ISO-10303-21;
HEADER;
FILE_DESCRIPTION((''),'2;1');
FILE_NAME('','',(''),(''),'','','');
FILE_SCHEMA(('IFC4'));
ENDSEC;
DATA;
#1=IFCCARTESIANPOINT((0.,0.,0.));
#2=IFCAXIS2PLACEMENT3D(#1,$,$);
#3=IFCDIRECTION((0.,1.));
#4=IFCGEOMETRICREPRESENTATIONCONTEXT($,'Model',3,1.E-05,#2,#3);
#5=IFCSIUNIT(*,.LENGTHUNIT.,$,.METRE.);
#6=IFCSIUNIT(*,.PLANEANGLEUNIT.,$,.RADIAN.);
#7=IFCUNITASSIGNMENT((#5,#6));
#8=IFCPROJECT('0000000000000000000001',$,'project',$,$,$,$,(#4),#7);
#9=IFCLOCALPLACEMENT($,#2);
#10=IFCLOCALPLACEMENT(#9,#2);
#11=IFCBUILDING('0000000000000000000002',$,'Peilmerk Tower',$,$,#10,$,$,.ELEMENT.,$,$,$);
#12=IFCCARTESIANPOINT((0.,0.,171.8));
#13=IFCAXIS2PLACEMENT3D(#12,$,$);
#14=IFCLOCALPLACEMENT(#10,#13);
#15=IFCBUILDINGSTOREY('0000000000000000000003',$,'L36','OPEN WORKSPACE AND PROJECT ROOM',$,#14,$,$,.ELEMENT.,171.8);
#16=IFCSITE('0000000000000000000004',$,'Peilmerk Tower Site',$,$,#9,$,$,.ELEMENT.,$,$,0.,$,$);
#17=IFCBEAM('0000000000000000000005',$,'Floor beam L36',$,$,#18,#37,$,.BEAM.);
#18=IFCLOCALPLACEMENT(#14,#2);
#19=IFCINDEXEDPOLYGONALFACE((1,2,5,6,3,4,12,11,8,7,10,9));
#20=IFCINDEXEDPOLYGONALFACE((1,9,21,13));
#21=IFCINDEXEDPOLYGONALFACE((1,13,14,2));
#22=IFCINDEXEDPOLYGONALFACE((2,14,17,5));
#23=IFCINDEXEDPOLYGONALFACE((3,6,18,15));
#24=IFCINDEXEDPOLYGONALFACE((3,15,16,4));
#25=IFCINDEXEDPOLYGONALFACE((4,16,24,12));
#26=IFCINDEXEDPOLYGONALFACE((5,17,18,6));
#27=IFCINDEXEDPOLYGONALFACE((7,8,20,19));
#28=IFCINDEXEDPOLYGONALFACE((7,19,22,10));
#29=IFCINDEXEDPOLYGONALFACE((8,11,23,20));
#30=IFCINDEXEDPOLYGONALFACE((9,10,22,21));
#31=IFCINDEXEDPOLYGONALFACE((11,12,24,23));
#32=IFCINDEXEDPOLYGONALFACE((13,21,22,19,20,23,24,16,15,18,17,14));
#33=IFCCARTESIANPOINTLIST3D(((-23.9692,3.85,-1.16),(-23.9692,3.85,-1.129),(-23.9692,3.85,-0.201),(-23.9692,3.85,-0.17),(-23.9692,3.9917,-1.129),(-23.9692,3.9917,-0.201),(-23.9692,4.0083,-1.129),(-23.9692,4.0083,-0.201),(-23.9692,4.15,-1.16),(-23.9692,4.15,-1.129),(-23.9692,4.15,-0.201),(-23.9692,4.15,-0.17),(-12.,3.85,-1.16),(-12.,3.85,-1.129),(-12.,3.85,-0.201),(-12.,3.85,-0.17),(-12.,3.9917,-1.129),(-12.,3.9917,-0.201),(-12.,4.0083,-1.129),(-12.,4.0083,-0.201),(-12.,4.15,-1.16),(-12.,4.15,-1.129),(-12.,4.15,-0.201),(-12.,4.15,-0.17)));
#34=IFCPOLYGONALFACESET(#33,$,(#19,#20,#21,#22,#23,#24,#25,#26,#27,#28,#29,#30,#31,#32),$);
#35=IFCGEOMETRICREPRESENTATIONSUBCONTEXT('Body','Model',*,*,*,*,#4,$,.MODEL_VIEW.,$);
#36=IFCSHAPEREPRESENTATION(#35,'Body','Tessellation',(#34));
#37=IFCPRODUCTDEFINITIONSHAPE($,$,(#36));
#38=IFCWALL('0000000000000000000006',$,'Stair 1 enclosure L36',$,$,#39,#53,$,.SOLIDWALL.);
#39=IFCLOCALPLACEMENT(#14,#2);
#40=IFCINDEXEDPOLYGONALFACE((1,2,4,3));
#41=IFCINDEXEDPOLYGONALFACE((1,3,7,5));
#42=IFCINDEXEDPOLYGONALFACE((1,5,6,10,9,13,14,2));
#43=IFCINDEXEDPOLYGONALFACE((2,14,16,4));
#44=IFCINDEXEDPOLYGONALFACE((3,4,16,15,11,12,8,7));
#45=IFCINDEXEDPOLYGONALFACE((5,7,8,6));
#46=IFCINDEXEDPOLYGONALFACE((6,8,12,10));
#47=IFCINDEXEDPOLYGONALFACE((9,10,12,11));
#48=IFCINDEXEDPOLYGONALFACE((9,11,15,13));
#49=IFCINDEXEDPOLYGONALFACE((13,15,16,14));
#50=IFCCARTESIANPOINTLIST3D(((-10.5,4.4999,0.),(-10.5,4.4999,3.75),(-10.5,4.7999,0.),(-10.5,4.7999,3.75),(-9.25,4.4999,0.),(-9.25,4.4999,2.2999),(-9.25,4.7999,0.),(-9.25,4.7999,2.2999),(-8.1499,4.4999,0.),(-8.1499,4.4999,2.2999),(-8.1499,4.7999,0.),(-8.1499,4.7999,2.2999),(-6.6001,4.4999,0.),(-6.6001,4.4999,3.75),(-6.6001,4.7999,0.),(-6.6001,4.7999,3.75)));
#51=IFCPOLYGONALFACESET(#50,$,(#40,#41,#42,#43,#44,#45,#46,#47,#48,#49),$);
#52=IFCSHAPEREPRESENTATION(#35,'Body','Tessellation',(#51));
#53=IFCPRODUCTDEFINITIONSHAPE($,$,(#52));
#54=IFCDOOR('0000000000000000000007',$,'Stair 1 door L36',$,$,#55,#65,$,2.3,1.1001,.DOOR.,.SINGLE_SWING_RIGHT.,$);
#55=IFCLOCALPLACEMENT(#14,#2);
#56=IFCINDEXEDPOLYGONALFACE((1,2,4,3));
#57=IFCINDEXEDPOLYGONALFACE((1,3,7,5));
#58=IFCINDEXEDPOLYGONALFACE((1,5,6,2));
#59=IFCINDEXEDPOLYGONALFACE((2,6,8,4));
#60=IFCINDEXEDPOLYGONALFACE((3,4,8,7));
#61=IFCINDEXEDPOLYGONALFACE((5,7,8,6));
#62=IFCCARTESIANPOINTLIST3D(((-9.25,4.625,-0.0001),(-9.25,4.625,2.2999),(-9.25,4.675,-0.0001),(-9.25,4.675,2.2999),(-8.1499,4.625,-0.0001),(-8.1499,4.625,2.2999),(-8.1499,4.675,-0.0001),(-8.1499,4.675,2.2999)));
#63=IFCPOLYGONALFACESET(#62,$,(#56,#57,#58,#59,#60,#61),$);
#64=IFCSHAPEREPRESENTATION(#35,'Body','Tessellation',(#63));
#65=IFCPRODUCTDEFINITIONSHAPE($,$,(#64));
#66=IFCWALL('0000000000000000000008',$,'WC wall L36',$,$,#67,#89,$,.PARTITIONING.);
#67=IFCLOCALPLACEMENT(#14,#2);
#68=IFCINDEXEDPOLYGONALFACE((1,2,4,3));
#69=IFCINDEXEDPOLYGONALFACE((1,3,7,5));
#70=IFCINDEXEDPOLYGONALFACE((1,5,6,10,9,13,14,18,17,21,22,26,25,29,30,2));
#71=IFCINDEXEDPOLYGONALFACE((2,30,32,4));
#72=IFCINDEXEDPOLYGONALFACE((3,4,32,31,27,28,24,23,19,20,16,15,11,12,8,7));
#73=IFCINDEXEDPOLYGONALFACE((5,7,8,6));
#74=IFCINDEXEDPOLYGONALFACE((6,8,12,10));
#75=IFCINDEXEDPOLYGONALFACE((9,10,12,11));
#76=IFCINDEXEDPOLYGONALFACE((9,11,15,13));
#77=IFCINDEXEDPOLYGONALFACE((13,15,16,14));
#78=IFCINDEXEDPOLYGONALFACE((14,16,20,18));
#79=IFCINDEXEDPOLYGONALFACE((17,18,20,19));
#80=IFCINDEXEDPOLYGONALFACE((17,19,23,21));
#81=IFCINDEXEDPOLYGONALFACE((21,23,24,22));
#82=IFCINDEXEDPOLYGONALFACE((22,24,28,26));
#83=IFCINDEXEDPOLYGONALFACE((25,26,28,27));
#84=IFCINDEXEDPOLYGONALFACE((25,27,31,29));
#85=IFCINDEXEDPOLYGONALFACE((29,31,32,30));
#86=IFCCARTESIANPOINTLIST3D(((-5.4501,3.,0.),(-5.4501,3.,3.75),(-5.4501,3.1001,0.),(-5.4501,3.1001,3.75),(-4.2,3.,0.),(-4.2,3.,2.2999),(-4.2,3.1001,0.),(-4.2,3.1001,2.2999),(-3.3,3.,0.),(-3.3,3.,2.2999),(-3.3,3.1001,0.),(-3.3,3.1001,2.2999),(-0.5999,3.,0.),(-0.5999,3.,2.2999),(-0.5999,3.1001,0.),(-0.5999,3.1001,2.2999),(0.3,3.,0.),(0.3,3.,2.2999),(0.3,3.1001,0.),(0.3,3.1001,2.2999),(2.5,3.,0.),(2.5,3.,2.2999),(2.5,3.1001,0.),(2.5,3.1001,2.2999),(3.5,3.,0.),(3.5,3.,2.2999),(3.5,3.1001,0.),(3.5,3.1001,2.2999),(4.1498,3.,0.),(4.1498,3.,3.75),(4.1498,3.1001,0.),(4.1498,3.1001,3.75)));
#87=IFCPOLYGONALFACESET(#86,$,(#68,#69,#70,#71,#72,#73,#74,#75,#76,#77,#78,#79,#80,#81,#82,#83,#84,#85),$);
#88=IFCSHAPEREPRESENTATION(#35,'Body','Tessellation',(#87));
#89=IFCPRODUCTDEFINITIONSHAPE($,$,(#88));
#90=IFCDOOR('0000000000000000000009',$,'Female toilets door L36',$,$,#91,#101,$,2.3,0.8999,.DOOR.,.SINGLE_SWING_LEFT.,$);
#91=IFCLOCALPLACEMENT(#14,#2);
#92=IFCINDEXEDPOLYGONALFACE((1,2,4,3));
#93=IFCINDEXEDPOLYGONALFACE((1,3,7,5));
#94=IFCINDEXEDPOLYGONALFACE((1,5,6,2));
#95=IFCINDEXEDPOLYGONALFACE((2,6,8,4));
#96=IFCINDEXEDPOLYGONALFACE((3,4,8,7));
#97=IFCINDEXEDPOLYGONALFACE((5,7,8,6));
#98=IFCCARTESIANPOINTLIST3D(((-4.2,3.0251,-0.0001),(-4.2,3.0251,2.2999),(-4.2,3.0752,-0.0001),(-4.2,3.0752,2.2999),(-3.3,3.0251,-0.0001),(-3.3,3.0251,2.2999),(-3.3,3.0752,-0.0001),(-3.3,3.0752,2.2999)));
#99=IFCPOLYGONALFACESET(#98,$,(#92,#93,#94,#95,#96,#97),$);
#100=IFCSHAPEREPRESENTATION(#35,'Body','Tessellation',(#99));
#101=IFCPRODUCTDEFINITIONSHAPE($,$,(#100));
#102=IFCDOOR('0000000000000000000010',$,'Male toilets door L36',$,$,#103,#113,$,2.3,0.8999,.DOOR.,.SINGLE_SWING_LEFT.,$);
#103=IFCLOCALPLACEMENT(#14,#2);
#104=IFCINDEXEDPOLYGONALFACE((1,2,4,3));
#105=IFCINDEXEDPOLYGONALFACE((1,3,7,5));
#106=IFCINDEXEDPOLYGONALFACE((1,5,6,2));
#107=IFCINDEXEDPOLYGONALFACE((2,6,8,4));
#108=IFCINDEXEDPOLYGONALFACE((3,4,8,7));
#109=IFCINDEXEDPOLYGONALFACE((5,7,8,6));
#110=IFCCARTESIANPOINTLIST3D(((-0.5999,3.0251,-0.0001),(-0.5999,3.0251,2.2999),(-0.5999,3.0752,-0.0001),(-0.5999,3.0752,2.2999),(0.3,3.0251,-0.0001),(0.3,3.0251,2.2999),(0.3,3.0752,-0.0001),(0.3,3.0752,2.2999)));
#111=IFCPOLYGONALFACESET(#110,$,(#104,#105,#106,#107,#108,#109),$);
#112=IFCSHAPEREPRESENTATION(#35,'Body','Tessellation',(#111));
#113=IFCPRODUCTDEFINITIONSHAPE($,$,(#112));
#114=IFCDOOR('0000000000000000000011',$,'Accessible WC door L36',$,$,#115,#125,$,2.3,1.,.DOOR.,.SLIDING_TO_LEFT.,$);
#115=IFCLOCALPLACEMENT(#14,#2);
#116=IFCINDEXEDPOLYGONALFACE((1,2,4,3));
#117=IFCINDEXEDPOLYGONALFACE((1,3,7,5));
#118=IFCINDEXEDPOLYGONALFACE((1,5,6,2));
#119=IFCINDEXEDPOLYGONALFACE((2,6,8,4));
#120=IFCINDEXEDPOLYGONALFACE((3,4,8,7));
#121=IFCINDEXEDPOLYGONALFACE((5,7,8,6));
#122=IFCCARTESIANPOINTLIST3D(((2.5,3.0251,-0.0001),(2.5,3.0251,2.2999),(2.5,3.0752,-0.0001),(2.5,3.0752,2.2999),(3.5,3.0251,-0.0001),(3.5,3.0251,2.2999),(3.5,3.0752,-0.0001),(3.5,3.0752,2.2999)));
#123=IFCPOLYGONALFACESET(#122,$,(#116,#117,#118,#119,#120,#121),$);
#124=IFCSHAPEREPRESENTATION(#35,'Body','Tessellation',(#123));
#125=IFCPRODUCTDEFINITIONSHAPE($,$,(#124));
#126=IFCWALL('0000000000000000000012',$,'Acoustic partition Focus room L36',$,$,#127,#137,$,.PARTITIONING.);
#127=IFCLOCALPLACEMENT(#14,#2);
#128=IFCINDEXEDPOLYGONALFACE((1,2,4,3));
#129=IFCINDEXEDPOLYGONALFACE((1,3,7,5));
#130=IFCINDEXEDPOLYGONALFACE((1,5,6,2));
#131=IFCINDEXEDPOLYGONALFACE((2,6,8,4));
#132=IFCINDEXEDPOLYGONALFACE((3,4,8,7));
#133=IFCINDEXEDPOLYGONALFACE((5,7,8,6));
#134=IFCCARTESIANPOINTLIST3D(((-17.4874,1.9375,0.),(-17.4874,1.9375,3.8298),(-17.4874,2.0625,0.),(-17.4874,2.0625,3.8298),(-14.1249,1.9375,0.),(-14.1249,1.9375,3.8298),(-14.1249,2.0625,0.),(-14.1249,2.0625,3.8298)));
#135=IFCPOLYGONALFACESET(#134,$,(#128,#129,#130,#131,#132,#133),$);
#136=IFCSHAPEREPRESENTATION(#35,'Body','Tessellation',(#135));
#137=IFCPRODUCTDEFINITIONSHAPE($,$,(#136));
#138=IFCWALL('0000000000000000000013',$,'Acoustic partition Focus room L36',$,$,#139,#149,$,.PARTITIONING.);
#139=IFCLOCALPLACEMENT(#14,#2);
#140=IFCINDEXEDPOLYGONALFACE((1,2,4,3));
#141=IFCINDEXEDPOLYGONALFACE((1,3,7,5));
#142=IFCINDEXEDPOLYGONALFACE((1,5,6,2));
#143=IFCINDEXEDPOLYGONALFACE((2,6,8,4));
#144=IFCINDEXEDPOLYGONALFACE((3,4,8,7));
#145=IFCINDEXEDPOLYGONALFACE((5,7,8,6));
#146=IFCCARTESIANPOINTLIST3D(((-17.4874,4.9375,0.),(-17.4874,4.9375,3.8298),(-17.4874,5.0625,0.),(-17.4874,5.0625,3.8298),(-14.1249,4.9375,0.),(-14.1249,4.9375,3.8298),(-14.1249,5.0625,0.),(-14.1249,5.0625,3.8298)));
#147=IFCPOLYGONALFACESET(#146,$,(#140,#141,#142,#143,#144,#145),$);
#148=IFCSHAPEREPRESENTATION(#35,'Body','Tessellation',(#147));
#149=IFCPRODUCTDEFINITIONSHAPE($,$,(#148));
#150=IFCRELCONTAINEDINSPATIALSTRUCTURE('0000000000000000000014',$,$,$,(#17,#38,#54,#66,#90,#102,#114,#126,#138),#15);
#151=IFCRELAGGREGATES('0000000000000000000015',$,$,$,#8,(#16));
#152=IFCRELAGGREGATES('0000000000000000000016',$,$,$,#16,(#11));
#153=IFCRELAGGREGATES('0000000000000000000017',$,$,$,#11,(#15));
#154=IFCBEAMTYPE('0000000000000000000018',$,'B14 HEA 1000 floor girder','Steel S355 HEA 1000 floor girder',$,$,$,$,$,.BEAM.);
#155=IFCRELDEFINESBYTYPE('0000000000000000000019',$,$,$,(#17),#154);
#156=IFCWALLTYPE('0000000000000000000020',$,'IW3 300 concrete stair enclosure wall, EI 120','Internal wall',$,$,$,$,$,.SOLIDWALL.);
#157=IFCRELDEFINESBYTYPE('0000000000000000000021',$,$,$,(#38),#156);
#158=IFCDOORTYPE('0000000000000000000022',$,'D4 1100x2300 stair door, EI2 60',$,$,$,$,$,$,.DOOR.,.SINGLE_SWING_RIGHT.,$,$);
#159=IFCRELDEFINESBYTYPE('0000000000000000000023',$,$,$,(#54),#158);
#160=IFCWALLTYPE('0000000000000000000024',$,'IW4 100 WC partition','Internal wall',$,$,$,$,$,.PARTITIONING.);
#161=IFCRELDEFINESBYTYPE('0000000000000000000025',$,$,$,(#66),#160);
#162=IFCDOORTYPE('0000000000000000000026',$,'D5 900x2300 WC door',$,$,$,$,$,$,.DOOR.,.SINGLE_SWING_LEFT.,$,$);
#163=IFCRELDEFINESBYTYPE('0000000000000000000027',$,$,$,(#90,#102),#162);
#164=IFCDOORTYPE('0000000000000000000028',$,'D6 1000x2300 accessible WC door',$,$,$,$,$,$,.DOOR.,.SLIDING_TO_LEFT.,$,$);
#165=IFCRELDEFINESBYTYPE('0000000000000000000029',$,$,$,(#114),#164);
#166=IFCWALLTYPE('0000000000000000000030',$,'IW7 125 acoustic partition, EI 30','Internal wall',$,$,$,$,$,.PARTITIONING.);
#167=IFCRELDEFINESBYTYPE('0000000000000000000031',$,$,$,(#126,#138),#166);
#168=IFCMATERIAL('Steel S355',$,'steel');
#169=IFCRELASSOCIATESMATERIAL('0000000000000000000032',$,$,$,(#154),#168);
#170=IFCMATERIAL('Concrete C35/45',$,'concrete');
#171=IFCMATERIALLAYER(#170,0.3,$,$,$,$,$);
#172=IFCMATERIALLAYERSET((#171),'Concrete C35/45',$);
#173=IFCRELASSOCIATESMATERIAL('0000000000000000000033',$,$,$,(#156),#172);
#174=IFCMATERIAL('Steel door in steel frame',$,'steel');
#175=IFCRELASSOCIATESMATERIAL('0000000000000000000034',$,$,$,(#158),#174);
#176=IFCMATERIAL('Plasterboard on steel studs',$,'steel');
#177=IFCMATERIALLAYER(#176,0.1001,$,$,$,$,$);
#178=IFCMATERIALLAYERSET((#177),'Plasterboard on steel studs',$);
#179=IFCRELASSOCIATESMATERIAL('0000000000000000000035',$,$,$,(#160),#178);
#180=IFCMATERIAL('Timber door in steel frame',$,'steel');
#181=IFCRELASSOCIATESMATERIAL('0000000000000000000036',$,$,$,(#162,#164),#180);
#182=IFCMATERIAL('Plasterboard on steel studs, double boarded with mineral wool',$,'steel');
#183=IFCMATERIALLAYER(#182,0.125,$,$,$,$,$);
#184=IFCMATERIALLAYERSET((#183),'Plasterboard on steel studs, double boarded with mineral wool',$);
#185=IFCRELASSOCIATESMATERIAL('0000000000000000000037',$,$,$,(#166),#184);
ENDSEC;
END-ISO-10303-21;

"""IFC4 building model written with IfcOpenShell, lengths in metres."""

from ifc_helpers import new_model, si_unit, direction, frame, frame_2d, origin, origin_2d, place, context, subcontext, project, spatial, rectangle, i_section, extrude, material, layer, layer_set, material_profile, profile_set, type_object, element, fill, save


model = new_model("IFC4")

# Units and contexts
model_context = context("Model", 3, precision=1e-05, world=origin(), true_north=direction((0.0, 1.0)))
body_context = subcontext(model_context, "Body", "Model", "MODEL_VIEW")
ifc_project = project(units=[si_unit("LENGTHUNIT", "METRE"), si_unit("PLANEANGLEUNIT", "RADIAN")], contexts=[model_context])

# Site, building, storey
site_placement = place(None, origin())
site = spatial("IfcSite", under=ifc_project, at=site_placement, Name="Peilmerk Tower Site", CompositionType="ELEMENT", RefElevation=0.0)
building_placement = place(site_placement, origin())
building = spatial("IfcBuilding", under=site, at=building_placement, Name="Peilmerk Tower", CompositionType="ELEMENT")
storey_placement = place(building_placement, frame((0.0, 0.0, 171.8)))
storey = spatial("IfcBuildingStorey", under=building, at=storey_placement, Name="L36", Description="OPEN WORKSPACE AND PROJECT ROOM", CompositionType="ELEMENT", Elevation=171.8)

# Beam
ifc_material_1 = material(Name="Steel S355", Category="steel")
ifc_material_profile = material_profile(ifc_material_1, i_section(OverallWidth=0.3, OverallDepth=0.99, WebThickness=0.0166, FlangeThickness=0.031, at=origin_2d()), Name="HEA 1000")
ifc_profile_set = profile_set([ifc_material_profile], Name="Steel S355")
beam_type = type_object("IfcBeamType", Name="B14 HEA 1000 floor girder", Description="Steel S355 HEA 1000 floor girder", PredefinedType="BEAM", material=ifc_profile_set)
beam_placement = place(storey_placement, frame((-12.0, 4.0, -0.665), z_axis=(-1.0, 0.0, 0.0), x_axis=(0.0, -1.0, 0.0)))
element("IfcBeam", 1, at=beam_placement, inside=storey, type_object=beam_type, Name="Floor beam L36", PredefinedType="BEAM", context=body_context, shape_type="SweptSolid", body=[
    extrude(i_section(OverallWidth=0.3, OverallDepth=0.99, WebThickness=0.0166, FlangeThickness=0.031, at=origin_2d()), origin(), (0.0, 0.0, 1.0), 11.9692),
])

# Wall, opening, door
ifc_material_2 = material(Name="Concrete C35/45", Category="concrete")
ifc_layer_1 = layer(ifc_material_2, 0.3)
ifc_layer_set_1 = layer_set([ifc_layer_1], Name="Concrete C35/45")
wall_type_1 = type_object("IfcWallType", Name="IW3 300 concrete stair enclosure wall, EI 120", Description="Internal wall", PredefinedType="SOLIDWALL", material=ifc_layer_set_1)
wall_1_placement = place(storey_placement, frame((-10.5, 4.6499, 0.0), z_axis=(0.0, 0.0, 1.0), x_axis=(1.0, 0.0, 0.0)))
wall_1 = element("IfcWall", 2, at=wall_1_placement, inside=storey, type_object=wall_type_1, Name="Stair 1 enclosure L36", PredefinedType="SOLIDWALL", context=body_context, shape_type="SweptSolid", body=[
    extrude(rectangle(XDim=3.8999, YDim=0.3, at=frame_2d((1.95, 0.0))), origin(), (0.0, 0.0, 1.0), 3.75),
])
opening_1_placement = place(wall_1_placement, frame((1.25, 0.0, 0.0)))
opening_1 = element("IfcOpeningElement", 3, at=opening_1_placement, cuts=wall_1, PredefinedType="OPENING", context=body_context, shape_type="SweptSolid", body=[
    extrude(rectangle(XDim=1.1001, YDim=2.3, at=frame_2d((0.55, 1.1499))), frame((0.0, 0.1599, 0.0), z_axis=(0.0, -1.0, 0.0), x_axis=(1.0, 0.0, 0.0)), (0.0, 0.0, 1.0), 0.3201),
])
ifc_material_3 = material(Name="Steel door in steel frame", Category="steel")
door_type_1 = type_object("IfcDoorType", Name="D4 1100x2300 stair door, EI2 60", OperationType="SINGLE_SWING_RIGHT", PredefinedType="DOOR", material=ifc_material_3)
door_1_placement = place(opening_1_placement, frame((1.1001, 0.0, 0.0), z_axis=(0.0, 0.0, 1.0), x_axis=(-1.0, 0.0, 0.0)))
door_1 = element("IfcDoor", 4, at=door_1_placement, inside=storey, type_object=door_type_1, Name="Stair 1 door L36", OperationType="SINGLE_SWING_RIGHT", OverallHeight=2.3, OverallWidth=1.1001, PredefinedType="DOOR", context=body_context, shape_type="SweptSolid", body=[
    extrude(rectangle(XDim=1.1001, YDim=2.3, at=frame_2d((0.55, 1.1499))), frame((0.0, 0.0249, 0.0), z_axis=(0.0, -1.0, 0.0), x_axis=(1.0, 0.0, 0.0)), (0.0, 0.0, 1.0), 0.05),
])
fill(opening_1, door_1)

# Wall, openings, doors
ifc_material_4 = material(Name="Plasterboard on steel studs", Category="steel")
ifc_layer_2 = layer(ifc_material_4, 0.1001)
ifc_layer_set_2 = layer_set([ifc_layer_2], Name="Plasterboard on steel studs")
wall_type_2 = type_object("IfcWallType", Name="IW4 100 WC partition", Description="Internal wall", PredefinedType="PARTITIONING", material=ifc_layer_set_2)
wall_2_placement = place(storey_placement, frame((-5.45, 3.05, 0.0), z_axis=(0.0, 0.0, 1.0), x_axis=(1.0, 0.0, 0.0)))
wall_2 = element("IfcWall", 5, at=wall_2_placement, inside=storey, type_object=wall_type_2, Name="WC wall L36", PredefinedType="PARTITIONING", context=body_context, shape_type="SweptSolid", body=[
    extrude(rectangle(XDim=9.5999, YDim=0.1001, at=frame_2d((4.7998, 0.0))), origin(), (0.0, 0.0, 1.0), 3.75),
])
opening_2_placement = place(wall_2_placement, frame((1.25, 0.0, 0.0)))
opening_2 = element("IfcOpeningElement", 6, at=opening_2_placement, cuts=wall_2, PredefinedType="OPENING", context=body_context, shape_type="SweptSolid", body=[
    extrude(rectangle(XDim=0.8999, YDim=2.3, at=frame_2d((0.45, 1.1499))), frame((0.0, 0.0601, 0.0), z_axis=(0.0, -1.0, 0.0), x_axis=(1.0, 0.0, 0.0)), (0.0, 0.0, 1.0), 0.1201),
])
opening_3_placement = place(wall_2_placement, frame((4.8501, 0.0, 0.0)))
opening_3 = element("IfcOpeningElement", 7, at=opening_3_placement, cuts=wall_2, PredefinedType="OPENING", context=body_context, shape_type="SweptSolid", body=[
    extrude(rectangle(XDim=0.8999, YDim=2.3, at=frame_2d((0.45, 1.1499))), frame((0.0, 0.0601, 0.0), z_axis=(0.0, -1.0, 0.0), x_axis=(1.0, 0.0, 0.0)), (0.0, 0.0, 1.0), 0.1201),
])
opening_4_placement = place(wall_2_placement, frame((7.95, 0.0, 0.0)))
opening_4 = element("IfcOpeningElement", 8, at=opening_4_placement, cuts=wall_2, PredefinedType="OPENING", context=body_context, shape_type="SweptSolid", body=[
    extrude(rectangle(XDim=1.0, YDim=2.3, at=frame_2d((0.5, 1.1499))), frame((0.0, 0.0601, 0.0), z_axis=(0.0, -1.0, 0.0), x_axis=(1.0, 0.0, 0.0)), (0.0, 0.0, 1.0), 0.1201),
])
ifc_material_5 = material(Name="Timber door in steel frame", Category="steel")
door_type_2 = type_object("IfcDoorType", Name="D5 900x2300 WC door", OperationType="SINGLE_SWING_LEFT", PredefinedType="DOOR", material=ifc_material_5)
door_2_placement = place(opening_2_placement, frame((0.8999, 0.0, 0.0), z_axis=(0.0, 0.0, 1.0), x_axis=(-1.0, 0.0, 0.0)))
door_2 = element("IfcDoor", 9, at=door_2_placement, inside=storey, type_object=door_type_2, Name="Female toilets door L36", OperationType="SINGLE_SWING_LEFT", OverallHeight=2.3, OverallWidth=0.8999, PredefinedType="DOOR", context=body_context, shape_type="SweptSolid", body=[
    extrude(rectangle(XDim=0.8999, YDim=2.3, at=frame_2d((0.45, 1.1499))), frame((0.0, 0.0249, 0.0), z_axis=(0.0, -1.0, 0.0), x_axis=(1.0, 0.0, 0.0)), (0.0, 0.0, 1.0), 0.05),
])
fill(opening_2, door_2)
door_3_placement = place(opening_3_placement, frame((0.8999, 0.0, 0.0), z_axis=(0.0, 0.0, 1.0), x_axis=(-1.0, 0.0, 0.0)))
door_3 = element("IfcDoor", 10, at=door_3_placement, inside=storey, type_object=door_type_2, Name="Male toilets door L36", OperationType="SINGLE_SWING_LEFT", OverallHeight=2.3, OverallWidth=0.8999, PredefinedType="DOOR", context=body_context, shape_type="SweptSolid", body=[
    extrude(rectangle(XDim=0.8999, YDim=2.3, at=frame_2d((0.45, 1.1499))), frame((0.0, 0.0249, 0.0), z_axis=(0.0, -1.0, 0.0), x_axis=(1.0, 0.0, 0.0)), (0.0, 0.0, 1.0), 0.05),
])
fill(opening_3, door_3)
door_type_3 = type_object("IfcDoorType", Name="D6 1000x2300 accessible WC door", OperationType="SLIDING_TO_LEFT", PredefinedType="DOOR", material=ifc_material_5)
door_4_placement = place(opening_4_placement, frame((1.0, 0.0, 0.0), z_axis=(0.0, 0.0, 1.0), x_axis=(-1.0, 0.0, 0.0)))
door_4 = element("IfcDoor", 11, at=door_4_placement, inside=storey, type_object=door_type_3, Name="Accessible WC door L36", OperationType="SLIDING_TO_LEFT", OverallHeight=2.3, OverallWidth=1.0, PredefinedType="DOOR", context=body_context, shape_type="SweptSolid", body=[
    extrude(rectangle(XDim=1.0, YDim=2.3, at=frame_2d((0.5, 1.1499))), frame((0.0, 0.0249, 0.0), z_axis=(0.0, -1.0, 0.0), x_axis=(1.0, 0.0, 0.0)), (0.0, 0.0, 1.0), 0.05),
])
fill(opening_4, door_4)

# Walls
ifc_material_6 = material(Name="Plasterboard on steel studs, double boarded with mineral wool", Category="steel")
ifc_layer_3 = layer(ifc_material_6, 0.125)
ifc_layer_set_3 = layer_set([ifc_layer_3], Name="Plasterboard on steel studs, double boarded with mineral wool")
wall_type_3 = type_object("IfcWallType", Name="IW7 125 acoustic partition, EI 30", Description="Internal wall", PredefinedType="PARTITIONING", material=ifc_layer_set_3)
for number, where, z_axis, x_axis, name in (
    (12, (-14.125, 2.0, 0.0), (0.0, 0.0, 1.0), (-1.0, 0.0, 0.0), "Acoustic partition Focus room L36"),
    (13, (-14.125, 5.0, 0.0), (0.0, 0.0, 1.0), (-1.0, 0.0, 0.0), "Acoustic partition Focus room L36"),
):
    element("IfcWall", number, at=place(storey_placement, frame(where, z_axis=z_axis, x_axis=x_axis)), inside=storey, type_object=wall_type_3, Name=name, PredefinedType="PARTITIONING", context=body_context, shape_type="SweptSolid", body=[
        extrude(rectangle(XDim=3.3625, YDim=0.125, at=frame_2d((1.6812, 0.0))), origin(), (0.0, 0.0, 1.0), 3.8298),
    ])

save(model, "model.ifc")
